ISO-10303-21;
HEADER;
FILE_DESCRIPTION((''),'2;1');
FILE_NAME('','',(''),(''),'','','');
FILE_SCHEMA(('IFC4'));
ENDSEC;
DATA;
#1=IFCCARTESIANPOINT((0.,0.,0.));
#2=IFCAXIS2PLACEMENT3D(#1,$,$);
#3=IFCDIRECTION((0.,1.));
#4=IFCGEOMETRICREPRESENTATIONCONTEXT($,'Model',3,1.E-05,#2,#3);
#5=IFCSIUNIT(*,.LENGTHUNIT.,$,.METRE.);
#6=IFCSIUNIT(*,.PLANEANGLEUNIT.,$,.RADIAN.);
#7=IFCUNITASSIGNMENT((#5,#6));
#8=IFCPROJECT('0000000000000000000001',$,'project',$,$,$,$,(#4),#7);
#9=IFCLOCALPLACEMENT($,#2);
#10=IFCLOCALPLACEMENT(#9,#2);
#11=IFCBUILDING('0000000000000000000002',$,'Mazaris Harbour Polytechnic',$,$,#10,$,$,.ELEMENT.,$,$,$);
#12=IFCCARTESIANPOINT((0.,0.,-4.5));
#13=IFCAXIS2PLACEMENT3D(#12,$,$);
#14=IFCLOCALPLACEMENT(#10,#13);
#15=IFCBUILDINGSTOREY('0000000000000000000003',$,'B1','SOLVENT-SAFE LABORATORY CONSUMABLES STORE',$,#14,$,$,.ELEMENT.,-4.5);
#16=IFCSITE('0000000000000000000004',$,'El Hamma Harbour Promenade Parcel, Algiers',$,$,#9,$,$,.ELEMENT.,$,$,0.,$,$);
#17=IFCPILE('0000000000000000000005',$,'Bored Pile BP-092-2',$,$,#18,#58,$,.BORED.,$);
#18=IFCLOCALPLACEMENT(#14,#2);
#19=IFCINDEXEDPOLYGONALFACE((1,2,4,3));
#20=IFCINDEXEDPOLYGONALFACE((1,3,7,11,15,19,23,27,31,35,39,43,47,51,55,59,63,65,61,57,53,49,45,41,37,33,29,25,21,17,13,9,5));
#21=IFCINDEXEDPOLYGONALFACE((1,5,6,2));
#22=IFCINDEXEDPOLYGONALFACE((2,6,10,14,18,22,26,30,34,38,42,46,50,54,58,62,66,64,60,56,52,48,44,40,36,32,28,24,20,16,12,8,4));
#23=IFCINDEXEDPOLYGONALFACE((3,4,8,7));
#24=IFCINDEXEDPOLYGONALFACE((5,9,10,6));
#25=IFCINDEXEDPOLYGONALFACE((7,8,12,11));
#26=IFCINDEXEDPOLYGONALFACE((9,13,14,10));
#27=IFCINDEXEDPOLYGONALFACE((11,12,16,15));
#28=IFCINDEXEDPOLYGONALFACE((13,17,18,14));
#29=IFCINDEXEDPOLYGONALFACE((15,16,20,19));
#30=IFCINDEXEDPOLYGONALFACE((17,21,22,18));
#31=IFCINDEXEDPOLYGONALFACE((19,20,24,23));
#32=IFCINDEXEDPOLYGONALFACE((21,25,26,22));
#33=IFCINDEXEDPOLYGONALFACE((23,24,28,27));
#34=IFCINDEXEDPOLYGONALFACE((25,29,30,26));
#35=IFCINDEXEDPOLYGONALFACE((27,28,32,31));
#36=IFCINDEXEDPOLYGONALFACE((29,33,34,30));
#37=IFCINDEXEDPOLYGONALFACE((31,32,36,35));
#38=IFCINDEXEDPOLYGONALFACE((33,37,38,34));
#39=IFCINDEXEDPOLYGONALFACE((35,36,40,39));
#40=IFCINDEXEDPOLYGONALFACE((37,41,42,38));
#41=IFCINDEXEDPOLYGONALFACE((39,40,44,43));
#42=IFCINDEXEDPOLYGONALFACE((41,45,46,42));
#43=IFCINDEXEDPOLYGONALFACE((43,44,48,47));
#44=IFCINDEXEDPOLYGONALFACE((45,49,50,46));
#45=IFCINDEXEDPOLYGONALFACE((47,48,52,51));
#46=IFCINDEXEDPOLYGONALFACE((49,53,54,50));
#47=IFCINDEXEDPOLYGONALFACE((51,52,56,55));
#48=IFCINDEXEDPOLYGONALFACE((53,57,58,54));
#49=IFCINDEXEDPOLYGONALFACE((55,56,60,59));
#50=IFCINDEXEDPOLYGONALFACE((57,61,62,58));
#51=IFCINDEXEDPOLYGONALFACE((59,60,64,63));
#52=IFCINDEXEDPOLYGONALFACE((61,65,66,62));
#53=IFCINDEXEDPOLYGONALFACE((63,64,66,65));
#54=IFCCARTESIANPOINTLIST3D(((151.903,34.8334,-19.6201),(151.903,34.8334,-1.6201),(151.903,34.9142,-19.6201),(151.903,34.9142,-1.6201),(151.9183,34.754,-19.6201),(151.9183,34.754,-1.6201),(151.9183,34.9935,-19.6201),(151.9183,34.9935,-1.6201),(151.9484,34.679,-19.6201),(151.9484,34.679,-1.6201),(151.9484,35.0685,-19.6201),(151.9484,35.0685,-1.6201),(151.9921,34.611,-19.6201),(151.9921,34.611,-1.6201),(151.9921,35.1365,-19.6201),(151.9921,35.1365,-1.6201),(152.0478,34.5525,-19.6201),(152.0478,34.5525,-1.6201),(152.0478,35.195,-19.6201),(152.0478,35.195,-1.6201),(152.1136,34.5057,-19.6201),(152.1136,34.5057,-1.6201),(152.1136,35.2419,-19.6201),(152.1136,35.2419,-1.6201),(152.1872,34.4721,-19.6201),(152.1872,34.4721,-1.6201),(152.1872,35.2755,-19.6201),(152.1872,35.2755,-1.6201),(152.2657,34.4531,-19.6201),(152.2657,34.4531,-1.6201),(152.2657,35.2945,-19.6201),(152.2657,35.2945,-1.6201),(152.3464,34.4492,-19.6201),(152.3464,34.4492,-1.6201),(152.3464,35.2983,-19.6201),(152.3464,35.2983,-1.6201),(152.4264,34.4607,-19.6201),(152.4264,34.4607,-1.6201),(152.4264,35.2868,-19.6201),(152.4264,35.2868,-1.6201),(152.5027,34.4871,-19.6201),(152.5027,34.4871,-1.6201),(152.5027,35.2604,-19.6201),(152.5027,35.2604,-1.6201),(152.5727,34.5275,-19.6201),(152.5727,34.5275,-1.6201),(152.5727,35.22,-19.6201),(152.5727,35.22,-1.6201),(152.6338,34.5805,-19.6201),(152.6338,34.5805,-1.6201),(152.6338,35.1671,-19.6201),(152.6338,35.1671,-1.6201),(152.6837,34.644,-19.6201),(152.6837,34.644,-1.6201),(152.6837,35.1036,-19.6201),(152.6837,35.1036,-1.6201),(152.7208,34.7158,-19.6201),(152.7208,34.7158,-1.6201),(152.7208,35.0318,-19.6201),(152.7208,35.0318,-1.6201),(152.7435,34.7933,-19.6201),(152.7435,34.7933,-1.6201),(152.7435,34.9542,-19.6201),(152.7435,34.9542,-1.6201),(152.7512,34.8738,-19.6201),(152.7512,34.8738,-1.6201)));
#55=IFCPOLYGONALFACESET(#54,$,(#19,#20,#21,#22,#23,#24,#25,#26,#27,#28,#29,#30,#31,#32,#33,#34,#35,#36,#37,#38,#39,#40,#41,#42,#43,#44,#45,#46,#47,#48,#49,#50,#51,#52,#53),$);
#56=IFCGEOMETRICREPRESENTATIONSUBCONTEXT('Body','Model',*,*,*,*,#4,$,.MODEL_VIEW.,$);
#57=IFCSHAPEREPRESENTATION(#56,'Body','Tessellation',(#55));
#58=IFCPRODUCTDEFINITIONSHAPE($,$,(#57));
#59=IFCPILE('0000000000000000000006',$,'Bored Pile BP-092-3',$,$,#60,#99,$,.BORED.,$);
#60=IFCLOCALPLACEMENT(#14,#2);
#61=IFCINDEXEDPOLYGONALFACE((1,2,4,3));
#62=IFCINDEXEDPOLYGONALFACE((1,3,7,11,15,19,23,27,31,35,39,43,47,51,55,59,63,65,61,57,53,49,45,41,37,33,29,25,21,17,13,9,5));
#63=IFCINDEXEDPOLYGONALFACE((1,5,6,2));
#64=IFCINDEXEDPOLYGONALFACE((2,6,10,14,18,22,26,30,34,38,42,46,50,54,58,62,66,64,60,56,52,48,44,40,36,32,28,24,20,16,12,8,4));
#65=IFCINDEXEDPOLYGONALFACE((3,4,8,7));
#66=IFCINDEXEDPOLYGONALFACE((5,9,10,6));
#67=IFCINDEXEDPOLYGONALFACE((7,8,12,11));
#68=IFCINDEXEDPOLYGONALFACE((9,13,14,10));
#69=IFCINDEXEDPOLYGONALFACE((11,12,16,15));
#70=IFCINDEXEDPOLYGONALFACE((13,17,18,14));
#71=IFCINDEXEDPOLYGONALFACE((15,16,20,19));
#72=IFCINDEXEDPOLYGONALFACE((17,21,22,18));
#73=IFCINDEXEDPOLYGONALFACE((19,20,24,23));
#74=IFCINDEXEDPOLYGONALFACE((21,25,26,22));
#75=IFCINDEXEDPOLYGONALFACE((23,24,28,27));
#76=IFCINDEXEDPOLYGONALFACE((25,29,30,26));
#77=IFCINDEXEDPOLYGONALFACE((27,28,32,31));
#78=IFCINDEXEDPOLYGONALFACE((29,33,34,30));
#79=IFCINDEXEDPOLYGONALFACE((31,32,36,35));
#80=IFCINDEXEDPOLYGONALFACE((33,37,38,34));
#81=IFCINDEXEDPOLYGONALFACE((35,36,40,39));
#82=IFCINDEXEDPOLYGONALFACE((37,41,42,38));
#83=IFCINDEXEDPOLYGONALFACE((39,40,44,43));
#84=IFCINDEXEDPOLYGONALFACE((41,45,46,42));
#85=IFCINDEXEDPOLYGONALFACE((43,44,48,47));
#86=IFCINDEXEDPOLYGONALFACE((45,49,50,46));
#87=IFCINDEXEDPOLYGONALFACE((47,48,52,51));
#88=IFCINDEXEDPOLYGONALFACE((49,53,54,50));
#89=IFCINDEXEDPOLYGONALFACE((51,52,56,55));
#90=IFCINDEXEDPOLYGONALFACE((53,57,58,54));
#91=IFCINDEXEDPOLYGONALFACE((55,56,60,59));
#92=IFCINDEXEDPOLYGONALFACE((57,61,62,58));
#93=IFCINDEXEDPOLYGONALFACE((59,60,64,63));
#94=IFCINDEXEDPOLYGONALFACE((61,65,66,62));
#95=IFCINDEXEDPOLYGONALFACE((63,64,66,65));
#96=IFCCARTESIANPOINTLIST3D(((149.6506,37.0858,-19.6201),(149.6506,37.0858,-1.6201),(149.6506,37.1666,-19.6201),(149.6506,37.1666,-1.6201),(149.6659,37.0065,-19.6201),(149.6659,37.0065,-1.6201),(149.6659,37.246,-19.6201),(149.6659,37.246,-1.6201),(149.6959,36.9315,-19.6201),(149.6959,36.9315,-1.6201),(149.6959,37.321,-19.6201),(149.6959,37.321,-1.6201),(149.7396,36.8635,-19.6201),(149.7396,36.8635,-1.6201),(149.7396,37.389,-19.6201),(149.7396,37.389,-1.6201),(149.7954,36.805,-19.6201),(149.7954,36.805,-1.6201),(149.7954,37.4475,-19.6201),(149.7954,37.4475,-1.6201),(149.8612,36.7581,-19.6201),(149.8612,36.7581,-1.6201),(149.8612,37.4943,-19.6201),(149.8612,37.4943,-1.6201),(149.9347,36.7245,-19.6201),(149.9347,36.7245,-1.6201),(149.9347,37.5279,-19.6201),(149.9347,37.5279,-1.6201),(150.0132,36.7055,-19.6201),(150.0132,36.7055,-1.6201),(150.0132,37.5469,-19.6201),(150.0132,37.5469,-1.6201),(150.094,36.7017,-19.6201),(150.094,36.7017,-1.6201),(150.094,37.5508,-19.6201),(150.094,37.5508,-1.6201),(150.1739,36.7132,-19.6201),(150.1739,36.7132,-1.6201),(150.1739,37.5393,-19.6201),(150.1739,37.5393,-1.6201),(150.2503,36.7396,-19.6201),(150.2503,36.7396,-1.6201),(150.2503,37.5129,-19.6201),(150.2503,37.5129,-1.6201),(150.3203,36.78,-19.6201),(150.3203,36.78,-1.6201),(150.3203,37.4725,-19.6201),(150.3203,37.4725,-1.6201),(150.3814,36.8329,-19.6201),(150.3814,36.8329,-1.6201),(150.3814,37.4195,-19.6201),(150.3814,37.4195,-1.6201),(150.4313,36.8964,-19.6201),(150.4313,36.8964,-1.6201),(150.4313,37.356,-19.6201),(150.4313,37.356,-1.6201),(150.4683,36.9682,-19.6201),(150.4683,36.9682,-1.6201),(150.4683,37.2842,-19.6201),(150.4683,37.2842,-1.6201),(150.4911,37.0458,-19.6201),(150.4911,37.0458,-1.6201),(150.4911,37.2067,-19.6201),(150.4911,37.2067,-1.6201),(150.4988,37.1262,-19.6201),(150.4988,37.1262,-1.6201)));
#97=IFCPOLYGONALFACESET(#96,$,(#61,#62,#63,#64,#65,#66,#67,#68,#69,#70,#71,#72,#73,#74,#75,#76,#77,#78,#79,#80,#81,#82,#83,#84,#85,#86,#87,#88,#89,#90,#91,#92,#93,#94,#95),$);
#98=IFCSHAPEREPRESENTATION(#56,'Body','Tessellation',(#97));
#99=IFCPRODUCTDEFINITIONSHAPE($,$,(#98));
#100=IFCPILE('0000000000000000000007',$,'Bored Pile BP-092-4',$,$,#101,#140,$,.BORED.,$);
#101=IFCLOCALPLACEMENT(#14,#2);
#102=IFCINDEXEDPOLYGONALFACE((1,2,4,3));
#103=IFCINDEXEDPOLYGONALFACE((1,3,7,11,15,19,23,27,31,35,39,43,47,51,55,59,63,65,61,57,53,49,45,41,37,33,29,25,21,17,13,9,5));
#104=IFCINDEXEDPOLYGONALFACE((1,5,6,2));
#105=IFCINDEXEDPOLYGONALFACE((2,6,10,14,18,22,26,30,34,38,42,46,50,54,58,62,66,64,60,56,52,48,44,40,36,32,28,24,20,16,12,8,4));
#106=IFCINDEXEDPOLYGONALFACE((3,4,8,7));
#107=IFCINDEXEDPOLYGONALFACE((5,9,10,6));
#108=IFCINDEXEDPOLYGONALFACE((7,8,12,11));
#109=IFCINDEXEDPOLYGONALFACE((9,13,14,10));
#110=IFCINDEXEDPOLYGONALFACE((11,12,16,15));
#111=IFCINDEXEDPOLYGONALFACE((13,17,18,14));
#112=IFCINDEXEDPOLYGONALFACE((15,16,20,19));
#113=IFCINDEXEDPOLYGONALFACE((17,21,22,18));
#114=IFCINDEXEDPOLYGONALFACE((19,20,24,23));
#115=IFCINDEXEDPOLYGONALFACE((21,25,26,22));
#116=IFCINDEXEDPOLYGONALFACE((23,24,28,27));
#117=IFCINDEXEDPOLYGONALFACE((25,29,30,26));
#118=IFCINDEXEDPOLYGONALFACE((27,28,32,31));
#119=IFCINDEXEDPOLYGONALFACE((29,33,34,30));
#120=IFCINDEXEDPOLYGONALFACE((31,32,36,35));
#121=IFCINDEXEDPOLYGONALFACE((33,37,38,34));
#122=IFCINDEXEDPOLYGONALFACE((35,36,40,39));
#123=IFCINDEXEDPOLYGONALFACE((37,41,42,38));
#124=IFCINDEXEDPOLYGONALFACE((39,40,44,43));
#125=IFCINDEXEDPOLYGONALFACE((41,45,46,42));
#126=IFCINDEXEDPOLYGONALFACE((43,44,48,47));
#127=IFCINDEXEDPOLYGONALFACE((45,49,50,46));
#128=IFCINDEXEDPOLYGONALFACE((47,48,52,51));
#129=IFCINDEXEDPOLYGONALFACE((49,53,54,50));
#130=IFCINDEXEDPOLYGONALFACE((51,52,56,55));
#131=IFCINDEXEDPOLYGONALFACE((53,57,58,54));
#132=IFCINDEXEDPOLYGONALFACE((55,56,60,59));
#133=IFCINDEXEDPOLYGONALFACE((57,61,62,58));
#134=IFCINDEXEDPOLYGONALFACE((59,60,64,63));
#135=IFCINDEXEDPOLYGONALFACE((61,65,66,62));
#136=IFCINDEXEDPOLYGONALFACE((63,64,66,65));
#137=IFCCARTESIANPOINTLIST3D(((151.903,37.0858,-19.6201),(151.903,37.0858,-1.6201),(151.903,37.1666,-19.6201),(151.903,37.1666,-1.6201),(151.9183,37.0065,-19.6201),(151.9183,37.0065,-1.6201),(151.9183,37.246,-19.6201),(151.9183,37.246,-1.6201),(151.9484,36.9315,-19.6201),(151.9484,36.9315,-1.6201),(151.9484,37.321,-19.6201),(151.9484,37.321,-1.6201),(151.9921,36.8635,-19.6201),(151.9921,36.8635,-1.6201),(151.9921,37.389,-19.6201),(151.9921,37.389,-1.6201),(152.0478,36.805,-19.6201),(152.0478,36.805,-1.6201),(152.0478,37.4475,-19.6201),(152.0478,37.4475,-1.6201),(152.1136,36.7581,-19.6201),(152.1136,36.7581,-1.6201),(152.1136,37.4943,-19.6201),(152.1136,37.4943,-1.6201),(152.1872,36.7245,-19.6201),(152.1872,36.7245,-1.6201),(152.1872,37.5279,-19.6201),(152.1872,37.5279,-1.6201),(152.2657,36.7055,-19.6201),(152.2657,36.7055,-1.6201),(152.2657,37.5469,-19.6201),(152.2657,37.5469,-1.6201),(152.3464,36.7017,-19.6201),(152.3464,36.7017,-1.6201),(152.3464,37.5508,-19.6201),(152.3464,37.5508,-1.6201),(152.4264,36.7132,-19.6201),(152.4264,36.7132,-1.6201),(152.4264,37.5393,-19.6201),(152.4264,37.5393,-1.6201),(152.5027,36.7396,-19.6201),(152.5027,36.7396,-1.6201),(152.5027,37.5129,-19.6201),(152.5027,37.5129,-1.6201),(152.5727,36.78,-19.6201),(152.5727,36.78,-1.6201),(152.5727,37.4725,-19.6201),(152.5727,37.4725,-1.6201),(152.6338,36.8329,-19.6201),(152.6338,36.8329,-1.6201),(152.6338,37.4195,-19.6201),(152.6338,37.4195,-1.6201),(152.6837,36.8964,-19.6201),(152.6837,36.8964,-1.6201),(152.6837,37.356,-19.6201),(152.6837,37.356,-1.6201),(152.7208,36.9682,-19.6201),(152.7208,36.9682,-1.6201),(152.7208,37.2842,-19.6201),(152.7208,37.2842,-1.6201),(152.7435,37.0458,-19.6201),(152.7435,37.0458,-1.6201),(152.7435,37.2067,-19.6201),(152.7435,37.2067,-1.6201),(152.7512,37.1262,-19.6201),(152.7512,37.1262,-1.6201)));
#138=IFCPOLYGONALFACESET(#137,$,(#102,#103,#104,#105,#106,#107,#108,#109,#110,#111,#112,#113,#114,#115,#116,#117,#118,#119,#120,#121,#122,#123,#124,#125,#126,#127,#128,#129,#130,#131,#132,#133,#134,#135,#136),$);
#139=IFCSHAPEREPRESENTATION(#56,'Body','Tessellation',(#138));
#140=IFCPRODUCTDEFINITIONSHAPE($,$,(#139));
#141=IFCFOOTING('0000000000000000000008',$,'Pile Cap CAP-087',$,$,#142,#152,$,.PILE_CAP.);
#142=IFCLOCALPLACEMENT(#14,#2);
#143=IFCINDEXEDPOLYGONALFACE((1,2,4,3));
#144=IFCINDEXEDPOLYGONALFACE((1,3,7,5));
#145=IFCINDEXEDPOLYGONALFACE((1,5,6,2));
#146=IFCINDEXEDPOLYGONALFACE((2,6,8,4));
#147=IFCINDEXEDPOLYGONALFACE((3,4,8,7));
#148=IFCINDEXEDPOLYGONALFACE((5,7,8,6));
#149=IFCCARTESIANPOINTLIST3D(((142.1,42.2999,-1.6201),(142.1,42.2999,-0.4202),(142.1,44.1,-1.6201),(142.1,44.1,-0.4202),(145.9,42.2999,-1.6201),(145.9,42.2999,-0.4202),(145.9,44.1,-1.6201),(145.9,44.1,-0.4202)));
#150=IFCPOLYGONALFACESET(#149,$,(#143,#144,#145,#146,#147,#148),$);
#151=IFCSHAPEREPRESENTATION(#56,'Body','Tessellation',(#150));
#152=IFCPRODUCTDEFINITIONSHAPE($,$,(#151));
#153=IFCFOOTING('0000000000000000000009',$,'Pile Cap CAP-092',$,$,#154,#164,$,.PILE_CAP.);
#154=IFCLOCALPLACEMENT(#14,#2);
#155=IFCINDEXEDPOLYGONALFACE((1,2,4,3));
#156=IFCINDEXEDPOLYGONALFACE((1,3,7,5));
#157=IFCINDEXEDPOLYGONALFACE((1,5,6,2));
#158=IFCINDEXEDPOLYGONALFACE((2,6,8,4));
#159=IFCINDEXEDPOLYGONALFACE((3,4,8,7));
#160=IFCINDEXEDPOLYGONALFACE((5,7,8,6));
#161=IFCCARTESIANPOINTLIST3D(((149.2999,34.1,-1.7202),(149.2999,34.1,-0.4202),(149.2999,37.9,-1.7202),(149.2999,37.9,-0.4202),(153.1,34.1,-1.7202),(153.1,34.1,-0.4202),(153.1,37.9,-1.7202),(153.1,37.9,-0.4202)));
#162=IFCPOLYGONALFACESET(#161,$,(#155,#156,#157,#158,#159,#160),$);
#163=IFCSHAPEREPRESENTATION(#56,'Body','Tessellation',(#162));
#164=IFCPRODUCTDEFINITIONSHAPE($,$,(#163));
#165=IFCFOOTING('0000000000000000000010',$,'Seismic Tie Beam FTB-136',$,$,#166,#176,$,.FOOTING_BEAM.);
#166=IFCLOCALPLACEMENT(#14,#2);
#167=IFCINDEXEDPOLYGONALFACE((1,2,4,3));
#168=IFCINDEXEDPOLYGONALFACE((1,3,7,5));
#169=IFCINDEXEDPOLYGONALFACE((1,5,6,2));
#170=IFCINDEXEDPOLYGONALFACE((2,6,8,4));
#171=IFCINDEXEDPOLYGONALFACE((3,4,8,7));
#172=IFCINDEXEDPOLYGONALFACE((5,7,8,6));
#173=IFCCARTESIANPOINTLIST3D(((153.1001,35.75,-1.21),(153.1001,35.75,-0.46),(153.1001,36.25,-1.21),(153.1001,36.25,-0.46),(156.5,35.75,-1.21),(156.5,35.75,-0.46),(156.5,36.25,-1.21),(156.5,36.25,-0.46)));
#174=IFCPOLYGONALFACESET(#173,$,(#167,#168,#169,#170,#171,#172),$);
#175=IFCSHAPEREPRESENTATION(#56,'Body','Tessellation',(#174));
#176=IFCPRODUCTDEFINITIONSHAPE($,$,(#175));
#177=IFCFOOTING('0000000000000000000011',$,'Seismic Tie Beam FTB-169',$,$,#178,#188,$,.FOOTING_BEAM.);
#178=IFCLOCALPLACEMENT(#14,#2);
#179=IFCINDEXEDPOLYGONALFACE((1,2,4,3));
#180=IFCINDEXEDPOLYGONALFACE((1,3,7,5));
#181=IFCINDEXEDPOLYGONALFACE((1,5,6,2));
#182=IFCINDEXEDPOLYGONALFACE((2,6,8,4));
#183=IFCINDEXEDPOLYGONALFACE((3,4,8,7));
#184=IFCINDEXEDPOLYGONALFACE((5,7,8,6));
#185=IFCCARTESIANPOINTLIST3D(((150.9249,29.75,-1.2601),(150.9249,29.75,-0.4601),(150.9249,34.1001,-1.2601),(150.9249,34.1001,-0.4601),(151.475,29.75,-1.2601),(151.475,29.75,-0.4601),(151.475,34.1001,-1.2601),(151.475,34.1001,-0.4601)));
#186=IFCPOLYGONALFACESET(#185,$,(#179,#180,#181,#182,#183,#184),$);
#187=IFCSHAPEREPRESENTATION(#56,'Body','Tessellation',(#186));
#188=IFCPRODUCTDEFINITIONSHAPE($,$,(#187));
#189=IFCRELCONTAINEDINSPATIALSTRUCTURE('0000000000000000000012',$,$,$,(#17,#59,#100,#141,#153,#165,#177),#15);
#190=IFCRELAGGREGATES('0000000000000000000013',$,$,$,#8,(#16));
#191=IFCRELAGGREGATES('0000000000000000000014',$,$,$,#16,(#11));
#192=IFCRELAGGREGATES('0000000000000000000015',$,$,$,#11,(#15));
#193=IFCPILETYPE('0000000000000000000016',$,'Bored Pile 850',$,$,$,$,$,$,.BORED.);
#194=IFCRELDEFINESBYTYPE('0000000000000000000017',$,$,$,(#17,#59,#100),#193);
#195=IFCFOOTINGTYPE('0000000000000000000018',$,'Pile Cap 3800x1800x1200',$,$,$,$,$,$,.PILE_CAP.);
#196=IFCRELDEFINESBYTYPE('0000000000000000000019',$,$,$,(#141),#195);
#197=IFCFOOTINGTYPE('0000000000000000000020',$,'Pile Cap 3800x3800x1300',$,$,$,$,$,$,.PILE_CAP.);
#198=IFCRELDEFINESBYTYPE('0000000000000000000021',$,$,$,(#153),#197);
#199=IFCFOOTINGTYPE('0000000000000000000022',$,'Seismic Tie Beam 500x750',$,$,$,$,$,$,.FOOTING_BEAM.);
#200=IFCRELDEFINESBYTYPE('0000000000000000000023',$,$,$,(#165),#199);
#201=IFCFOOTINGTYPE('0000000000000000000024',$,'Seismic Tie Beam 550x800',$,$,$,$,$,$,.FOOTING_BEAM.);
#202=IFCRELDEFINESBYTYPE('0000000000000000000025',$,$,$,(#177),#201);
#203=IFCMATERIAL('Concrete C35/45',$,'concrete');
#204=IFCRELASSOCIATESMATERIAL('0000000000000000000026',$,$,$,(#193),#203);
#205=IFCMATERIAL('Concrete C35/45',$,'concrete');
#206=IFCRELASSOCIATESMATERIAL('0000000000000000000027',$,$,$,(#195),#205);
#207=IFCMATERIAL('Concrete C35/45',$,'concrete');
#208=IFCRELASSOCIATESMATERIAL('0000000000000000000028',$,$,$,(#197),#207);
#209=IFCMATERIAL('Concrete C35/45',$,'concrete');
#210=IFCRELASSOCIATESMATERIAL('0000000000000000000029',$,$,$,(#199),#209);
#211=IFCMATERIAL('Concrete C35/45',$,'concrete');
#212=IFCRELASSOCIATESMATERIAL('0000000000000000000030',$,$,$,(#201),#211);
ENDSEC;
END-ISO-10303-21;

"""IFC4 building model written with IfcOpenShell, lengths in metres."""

from ifc_helpers import new_model, si_unit, direction, frame, origin, origin_2d, place, context, subcontext, project, spatial, rectangle, circle, extrude, material, material_profile, profile_set, type_object, element, save


model = new_model("IFC4")

# Units and contexts
model_context = context("Model", 3, precision=1e-05, world=origin(), true_north=direction((0.0, 1.0)))
body_context = subcontext(model_context, "Body", "Model", "MODEL_VIEW")
ifc_project = project(units=[si_unit("LENGTHUNIT", "METRE"), si_unit("PLANEANGLEUNIT", "RADIAN")], contexts=[model_context])

# Site, building, storey
site_placement = place(None, origin())
site = spatial("IfcSite", under=ifc_project, at=site_placement, Name="El Hamma Harbour Promenade Parcel, Algiers", CompositionType="ELEMENT", RefElevation=0.0)
building_placement = place(site_placement, origin())
building = spatial("IfcBuilding", under=site, at=building_placement, Name="Mazaris Harbour Polytechnic", CompositionType="ELEMENT")
storey_placement = place(building_placement, frame((0.0, 0.0, -4.5)))
storey = spatial("IfcBuildingStorey", under=building, at=storey_placement, Name="B1", Description="SOLVENT-SAFE LABORATORY CONSUMABLES STORE", CompositionType="ELEMENT", Elevation=-4.5)

# Piles
ifc_material_1 = material(Name="Concrete C35/45", Category="concrete")
ifc_material_profile_1 = material_profile(ifc_material_1, circle(Radius=0.425, at=origin_2d()), Name="DIA850")
ifc_profile_set_1 = profile_set([ifc_material_profile_1], Name="Concrete C35/45")
pile_type = type_object("IfcPileType", Name="Bored Pile 850", PredefinedType="BORED", material=ifc_profile_set_1)
for number, where, z_axis, x_axis, name in (
    (1, (152.3262, 34.8738, -1.6201), (0.0, 0.0, -1.0), (1.0, 0.0, 0.0), "Bored Pile BP-092-2"),
    (2, (150.0737, 37.1262, -1.6201), (0.0, 0.0, -1.0), (1.0, 0.0, 0.0), "Bored Pile BP-092-3"),
    (3, (152.3262, 37.1262, -1.6201), (0.0, 0.0, -1.0), (1.0, 0.0, 0.0), "Bored Pile BP-092-4"),
):
    element("IfcPile", number, at=place(storey_placement, frame(where, z_axis=z_axis, x_axis=x_axis)), inside=storey, type_object=pile_type, Name=name, PredefinedType="BORED", context=body_context, shape_type="SweptSolid", body=[
        extrude(circle(Radius=0.425, at=origin_2d()), origin(), (0.0, 0.0, 1.0), 18.0),
    ])

# Footings
ifc_material_2 = material(Name="Concrete C35/45", Category="concrete")
footing_type_1 = type_object("IfcFootingType", Name="Pile Cap 3800x1800x1200", PredefinedType="PILE_CAP", material=ifc_material_2)
footing_1_placement = place(storey_placement, frame((144.0, 43.2, -1.6201), z_axis=(0.0, 0.0, 1.0), x_axis=(1.0, 0.0, 0.0)))
element("IfcFooting", 4, at=footing_1_placement, inside=storey, type_object=footing_type_1, Name="Pile Cap CAP-087", PredefinedType="PILE_CAP", context=body_context, shape_type="SweptSolid", body=[
    extrude(rectangle(XDim=3.8, YDim=1.8, at=origin_2d()), origin(), (0.0, 0.0, 1.0), 1.2),
])
ifc_material_3 = material(Name="Concrete C35/45", Category="concrete")
footing_type_2 = type_object("IfcFootingType", Name="Pile Cap 3800x3800x1300", PredefinedType="PILE_CAP", material=ifc_material_3)
footing_2_placement = place(storey_placement, frame((151.2, 36.0, -1.7202), z_axis=(0.0, 0.0, 1.0), x_axis=(1.0, 0.0, 0.0)))
element("IfcFooting", 5, at=footing_2_placement, inside=storey, type_object=footing_type_2, Name="Pile Cap CAP-092", PredefinedType="PILE_CAP", context=body_context, shape_type="SweptSolid", body=[
    extrude(rectangle(XDim=3.8, YDim=3.8, at=origin_2d()), origin(), (0.0, 0.0, 1.0), 1.3),
])
ifc_material_4 = material(Name="Concrete C35/45", Category="concrete")
ifc_material_profile_2 = material_profile(ifc_material_4, rectangle(XDim=0.5, YDim=0.75, at=origin_2d()), Name="RECT500x750")
ifc_profile_set_2 = profile_set([ifc_material_profile_2], Name="Concrete C35/45")
footing_type_3 = type_object("IfcFootingType", Name="Seismic Tie Beam 500x750", PredefinedType="FOOTING_BEAM", material=ifc_profile_set_2)
footing_3_placement = place(storey_placement, frame((153.1001, 36.0, -0.835), z_axis=(1.0, 0.0, 0.0), x_axis=(0.0, 1.0, 0.0)))
element("IfcFooting", 6, at=footing_3_placement, inside=storey, type_object=footing_type_3, Name="Seismic Tie Beam FTB-136", PredefinedType="FOOTING_BEAM", context=body_context, shape_type="SweptSolid", body=[
    extrude(rectangle(XDim=0.5, YDim=0.75, at=origin_2d()), origin(), (0.0, 0.0, 1.0), 3.3999),
])
ifc_material_5 = material(Name="Concrete C35/45", Category="concrete")
ifc_material_profile_3 = material_profile(ifc_material_5, rectangle(XDim=0.55, YDim=0.8, at=origin_2d()), Name="RECT550x800")
ifc_profile_set_3 = profile_set([ifc_material_profile_3], Name="Concrete C35/45")
footing_type_4 = type_object("IfcFootingType", Name="Seismic Tie Beam 550x800", PredefinedType="FOOTING_BEAM", material=ifc_profile_set_3)
footing_4_placement = place(storey_placement, frame((151.2, 29.75, -0.8601), z_axis=(0.0, 1.0, 0.0), x_axis=(-1.0, 0.0, 0.0)))
element("IfcFooting", 7, at=footing_4_placement, inside=storey, type_object=footing_type_4, Name="Seismic Tie Beam FTB-169", PredefinedType="FOOTING_BEAM", context=body_context, shape_type="SweptSolid", body=[
    extrude(rectangle(XDim=0.55, YDim=0.8, at=origin_2d()), origin(), (0.0, 0.0, 1.0), 4.3501),
])

save(model, "model.ifc")
